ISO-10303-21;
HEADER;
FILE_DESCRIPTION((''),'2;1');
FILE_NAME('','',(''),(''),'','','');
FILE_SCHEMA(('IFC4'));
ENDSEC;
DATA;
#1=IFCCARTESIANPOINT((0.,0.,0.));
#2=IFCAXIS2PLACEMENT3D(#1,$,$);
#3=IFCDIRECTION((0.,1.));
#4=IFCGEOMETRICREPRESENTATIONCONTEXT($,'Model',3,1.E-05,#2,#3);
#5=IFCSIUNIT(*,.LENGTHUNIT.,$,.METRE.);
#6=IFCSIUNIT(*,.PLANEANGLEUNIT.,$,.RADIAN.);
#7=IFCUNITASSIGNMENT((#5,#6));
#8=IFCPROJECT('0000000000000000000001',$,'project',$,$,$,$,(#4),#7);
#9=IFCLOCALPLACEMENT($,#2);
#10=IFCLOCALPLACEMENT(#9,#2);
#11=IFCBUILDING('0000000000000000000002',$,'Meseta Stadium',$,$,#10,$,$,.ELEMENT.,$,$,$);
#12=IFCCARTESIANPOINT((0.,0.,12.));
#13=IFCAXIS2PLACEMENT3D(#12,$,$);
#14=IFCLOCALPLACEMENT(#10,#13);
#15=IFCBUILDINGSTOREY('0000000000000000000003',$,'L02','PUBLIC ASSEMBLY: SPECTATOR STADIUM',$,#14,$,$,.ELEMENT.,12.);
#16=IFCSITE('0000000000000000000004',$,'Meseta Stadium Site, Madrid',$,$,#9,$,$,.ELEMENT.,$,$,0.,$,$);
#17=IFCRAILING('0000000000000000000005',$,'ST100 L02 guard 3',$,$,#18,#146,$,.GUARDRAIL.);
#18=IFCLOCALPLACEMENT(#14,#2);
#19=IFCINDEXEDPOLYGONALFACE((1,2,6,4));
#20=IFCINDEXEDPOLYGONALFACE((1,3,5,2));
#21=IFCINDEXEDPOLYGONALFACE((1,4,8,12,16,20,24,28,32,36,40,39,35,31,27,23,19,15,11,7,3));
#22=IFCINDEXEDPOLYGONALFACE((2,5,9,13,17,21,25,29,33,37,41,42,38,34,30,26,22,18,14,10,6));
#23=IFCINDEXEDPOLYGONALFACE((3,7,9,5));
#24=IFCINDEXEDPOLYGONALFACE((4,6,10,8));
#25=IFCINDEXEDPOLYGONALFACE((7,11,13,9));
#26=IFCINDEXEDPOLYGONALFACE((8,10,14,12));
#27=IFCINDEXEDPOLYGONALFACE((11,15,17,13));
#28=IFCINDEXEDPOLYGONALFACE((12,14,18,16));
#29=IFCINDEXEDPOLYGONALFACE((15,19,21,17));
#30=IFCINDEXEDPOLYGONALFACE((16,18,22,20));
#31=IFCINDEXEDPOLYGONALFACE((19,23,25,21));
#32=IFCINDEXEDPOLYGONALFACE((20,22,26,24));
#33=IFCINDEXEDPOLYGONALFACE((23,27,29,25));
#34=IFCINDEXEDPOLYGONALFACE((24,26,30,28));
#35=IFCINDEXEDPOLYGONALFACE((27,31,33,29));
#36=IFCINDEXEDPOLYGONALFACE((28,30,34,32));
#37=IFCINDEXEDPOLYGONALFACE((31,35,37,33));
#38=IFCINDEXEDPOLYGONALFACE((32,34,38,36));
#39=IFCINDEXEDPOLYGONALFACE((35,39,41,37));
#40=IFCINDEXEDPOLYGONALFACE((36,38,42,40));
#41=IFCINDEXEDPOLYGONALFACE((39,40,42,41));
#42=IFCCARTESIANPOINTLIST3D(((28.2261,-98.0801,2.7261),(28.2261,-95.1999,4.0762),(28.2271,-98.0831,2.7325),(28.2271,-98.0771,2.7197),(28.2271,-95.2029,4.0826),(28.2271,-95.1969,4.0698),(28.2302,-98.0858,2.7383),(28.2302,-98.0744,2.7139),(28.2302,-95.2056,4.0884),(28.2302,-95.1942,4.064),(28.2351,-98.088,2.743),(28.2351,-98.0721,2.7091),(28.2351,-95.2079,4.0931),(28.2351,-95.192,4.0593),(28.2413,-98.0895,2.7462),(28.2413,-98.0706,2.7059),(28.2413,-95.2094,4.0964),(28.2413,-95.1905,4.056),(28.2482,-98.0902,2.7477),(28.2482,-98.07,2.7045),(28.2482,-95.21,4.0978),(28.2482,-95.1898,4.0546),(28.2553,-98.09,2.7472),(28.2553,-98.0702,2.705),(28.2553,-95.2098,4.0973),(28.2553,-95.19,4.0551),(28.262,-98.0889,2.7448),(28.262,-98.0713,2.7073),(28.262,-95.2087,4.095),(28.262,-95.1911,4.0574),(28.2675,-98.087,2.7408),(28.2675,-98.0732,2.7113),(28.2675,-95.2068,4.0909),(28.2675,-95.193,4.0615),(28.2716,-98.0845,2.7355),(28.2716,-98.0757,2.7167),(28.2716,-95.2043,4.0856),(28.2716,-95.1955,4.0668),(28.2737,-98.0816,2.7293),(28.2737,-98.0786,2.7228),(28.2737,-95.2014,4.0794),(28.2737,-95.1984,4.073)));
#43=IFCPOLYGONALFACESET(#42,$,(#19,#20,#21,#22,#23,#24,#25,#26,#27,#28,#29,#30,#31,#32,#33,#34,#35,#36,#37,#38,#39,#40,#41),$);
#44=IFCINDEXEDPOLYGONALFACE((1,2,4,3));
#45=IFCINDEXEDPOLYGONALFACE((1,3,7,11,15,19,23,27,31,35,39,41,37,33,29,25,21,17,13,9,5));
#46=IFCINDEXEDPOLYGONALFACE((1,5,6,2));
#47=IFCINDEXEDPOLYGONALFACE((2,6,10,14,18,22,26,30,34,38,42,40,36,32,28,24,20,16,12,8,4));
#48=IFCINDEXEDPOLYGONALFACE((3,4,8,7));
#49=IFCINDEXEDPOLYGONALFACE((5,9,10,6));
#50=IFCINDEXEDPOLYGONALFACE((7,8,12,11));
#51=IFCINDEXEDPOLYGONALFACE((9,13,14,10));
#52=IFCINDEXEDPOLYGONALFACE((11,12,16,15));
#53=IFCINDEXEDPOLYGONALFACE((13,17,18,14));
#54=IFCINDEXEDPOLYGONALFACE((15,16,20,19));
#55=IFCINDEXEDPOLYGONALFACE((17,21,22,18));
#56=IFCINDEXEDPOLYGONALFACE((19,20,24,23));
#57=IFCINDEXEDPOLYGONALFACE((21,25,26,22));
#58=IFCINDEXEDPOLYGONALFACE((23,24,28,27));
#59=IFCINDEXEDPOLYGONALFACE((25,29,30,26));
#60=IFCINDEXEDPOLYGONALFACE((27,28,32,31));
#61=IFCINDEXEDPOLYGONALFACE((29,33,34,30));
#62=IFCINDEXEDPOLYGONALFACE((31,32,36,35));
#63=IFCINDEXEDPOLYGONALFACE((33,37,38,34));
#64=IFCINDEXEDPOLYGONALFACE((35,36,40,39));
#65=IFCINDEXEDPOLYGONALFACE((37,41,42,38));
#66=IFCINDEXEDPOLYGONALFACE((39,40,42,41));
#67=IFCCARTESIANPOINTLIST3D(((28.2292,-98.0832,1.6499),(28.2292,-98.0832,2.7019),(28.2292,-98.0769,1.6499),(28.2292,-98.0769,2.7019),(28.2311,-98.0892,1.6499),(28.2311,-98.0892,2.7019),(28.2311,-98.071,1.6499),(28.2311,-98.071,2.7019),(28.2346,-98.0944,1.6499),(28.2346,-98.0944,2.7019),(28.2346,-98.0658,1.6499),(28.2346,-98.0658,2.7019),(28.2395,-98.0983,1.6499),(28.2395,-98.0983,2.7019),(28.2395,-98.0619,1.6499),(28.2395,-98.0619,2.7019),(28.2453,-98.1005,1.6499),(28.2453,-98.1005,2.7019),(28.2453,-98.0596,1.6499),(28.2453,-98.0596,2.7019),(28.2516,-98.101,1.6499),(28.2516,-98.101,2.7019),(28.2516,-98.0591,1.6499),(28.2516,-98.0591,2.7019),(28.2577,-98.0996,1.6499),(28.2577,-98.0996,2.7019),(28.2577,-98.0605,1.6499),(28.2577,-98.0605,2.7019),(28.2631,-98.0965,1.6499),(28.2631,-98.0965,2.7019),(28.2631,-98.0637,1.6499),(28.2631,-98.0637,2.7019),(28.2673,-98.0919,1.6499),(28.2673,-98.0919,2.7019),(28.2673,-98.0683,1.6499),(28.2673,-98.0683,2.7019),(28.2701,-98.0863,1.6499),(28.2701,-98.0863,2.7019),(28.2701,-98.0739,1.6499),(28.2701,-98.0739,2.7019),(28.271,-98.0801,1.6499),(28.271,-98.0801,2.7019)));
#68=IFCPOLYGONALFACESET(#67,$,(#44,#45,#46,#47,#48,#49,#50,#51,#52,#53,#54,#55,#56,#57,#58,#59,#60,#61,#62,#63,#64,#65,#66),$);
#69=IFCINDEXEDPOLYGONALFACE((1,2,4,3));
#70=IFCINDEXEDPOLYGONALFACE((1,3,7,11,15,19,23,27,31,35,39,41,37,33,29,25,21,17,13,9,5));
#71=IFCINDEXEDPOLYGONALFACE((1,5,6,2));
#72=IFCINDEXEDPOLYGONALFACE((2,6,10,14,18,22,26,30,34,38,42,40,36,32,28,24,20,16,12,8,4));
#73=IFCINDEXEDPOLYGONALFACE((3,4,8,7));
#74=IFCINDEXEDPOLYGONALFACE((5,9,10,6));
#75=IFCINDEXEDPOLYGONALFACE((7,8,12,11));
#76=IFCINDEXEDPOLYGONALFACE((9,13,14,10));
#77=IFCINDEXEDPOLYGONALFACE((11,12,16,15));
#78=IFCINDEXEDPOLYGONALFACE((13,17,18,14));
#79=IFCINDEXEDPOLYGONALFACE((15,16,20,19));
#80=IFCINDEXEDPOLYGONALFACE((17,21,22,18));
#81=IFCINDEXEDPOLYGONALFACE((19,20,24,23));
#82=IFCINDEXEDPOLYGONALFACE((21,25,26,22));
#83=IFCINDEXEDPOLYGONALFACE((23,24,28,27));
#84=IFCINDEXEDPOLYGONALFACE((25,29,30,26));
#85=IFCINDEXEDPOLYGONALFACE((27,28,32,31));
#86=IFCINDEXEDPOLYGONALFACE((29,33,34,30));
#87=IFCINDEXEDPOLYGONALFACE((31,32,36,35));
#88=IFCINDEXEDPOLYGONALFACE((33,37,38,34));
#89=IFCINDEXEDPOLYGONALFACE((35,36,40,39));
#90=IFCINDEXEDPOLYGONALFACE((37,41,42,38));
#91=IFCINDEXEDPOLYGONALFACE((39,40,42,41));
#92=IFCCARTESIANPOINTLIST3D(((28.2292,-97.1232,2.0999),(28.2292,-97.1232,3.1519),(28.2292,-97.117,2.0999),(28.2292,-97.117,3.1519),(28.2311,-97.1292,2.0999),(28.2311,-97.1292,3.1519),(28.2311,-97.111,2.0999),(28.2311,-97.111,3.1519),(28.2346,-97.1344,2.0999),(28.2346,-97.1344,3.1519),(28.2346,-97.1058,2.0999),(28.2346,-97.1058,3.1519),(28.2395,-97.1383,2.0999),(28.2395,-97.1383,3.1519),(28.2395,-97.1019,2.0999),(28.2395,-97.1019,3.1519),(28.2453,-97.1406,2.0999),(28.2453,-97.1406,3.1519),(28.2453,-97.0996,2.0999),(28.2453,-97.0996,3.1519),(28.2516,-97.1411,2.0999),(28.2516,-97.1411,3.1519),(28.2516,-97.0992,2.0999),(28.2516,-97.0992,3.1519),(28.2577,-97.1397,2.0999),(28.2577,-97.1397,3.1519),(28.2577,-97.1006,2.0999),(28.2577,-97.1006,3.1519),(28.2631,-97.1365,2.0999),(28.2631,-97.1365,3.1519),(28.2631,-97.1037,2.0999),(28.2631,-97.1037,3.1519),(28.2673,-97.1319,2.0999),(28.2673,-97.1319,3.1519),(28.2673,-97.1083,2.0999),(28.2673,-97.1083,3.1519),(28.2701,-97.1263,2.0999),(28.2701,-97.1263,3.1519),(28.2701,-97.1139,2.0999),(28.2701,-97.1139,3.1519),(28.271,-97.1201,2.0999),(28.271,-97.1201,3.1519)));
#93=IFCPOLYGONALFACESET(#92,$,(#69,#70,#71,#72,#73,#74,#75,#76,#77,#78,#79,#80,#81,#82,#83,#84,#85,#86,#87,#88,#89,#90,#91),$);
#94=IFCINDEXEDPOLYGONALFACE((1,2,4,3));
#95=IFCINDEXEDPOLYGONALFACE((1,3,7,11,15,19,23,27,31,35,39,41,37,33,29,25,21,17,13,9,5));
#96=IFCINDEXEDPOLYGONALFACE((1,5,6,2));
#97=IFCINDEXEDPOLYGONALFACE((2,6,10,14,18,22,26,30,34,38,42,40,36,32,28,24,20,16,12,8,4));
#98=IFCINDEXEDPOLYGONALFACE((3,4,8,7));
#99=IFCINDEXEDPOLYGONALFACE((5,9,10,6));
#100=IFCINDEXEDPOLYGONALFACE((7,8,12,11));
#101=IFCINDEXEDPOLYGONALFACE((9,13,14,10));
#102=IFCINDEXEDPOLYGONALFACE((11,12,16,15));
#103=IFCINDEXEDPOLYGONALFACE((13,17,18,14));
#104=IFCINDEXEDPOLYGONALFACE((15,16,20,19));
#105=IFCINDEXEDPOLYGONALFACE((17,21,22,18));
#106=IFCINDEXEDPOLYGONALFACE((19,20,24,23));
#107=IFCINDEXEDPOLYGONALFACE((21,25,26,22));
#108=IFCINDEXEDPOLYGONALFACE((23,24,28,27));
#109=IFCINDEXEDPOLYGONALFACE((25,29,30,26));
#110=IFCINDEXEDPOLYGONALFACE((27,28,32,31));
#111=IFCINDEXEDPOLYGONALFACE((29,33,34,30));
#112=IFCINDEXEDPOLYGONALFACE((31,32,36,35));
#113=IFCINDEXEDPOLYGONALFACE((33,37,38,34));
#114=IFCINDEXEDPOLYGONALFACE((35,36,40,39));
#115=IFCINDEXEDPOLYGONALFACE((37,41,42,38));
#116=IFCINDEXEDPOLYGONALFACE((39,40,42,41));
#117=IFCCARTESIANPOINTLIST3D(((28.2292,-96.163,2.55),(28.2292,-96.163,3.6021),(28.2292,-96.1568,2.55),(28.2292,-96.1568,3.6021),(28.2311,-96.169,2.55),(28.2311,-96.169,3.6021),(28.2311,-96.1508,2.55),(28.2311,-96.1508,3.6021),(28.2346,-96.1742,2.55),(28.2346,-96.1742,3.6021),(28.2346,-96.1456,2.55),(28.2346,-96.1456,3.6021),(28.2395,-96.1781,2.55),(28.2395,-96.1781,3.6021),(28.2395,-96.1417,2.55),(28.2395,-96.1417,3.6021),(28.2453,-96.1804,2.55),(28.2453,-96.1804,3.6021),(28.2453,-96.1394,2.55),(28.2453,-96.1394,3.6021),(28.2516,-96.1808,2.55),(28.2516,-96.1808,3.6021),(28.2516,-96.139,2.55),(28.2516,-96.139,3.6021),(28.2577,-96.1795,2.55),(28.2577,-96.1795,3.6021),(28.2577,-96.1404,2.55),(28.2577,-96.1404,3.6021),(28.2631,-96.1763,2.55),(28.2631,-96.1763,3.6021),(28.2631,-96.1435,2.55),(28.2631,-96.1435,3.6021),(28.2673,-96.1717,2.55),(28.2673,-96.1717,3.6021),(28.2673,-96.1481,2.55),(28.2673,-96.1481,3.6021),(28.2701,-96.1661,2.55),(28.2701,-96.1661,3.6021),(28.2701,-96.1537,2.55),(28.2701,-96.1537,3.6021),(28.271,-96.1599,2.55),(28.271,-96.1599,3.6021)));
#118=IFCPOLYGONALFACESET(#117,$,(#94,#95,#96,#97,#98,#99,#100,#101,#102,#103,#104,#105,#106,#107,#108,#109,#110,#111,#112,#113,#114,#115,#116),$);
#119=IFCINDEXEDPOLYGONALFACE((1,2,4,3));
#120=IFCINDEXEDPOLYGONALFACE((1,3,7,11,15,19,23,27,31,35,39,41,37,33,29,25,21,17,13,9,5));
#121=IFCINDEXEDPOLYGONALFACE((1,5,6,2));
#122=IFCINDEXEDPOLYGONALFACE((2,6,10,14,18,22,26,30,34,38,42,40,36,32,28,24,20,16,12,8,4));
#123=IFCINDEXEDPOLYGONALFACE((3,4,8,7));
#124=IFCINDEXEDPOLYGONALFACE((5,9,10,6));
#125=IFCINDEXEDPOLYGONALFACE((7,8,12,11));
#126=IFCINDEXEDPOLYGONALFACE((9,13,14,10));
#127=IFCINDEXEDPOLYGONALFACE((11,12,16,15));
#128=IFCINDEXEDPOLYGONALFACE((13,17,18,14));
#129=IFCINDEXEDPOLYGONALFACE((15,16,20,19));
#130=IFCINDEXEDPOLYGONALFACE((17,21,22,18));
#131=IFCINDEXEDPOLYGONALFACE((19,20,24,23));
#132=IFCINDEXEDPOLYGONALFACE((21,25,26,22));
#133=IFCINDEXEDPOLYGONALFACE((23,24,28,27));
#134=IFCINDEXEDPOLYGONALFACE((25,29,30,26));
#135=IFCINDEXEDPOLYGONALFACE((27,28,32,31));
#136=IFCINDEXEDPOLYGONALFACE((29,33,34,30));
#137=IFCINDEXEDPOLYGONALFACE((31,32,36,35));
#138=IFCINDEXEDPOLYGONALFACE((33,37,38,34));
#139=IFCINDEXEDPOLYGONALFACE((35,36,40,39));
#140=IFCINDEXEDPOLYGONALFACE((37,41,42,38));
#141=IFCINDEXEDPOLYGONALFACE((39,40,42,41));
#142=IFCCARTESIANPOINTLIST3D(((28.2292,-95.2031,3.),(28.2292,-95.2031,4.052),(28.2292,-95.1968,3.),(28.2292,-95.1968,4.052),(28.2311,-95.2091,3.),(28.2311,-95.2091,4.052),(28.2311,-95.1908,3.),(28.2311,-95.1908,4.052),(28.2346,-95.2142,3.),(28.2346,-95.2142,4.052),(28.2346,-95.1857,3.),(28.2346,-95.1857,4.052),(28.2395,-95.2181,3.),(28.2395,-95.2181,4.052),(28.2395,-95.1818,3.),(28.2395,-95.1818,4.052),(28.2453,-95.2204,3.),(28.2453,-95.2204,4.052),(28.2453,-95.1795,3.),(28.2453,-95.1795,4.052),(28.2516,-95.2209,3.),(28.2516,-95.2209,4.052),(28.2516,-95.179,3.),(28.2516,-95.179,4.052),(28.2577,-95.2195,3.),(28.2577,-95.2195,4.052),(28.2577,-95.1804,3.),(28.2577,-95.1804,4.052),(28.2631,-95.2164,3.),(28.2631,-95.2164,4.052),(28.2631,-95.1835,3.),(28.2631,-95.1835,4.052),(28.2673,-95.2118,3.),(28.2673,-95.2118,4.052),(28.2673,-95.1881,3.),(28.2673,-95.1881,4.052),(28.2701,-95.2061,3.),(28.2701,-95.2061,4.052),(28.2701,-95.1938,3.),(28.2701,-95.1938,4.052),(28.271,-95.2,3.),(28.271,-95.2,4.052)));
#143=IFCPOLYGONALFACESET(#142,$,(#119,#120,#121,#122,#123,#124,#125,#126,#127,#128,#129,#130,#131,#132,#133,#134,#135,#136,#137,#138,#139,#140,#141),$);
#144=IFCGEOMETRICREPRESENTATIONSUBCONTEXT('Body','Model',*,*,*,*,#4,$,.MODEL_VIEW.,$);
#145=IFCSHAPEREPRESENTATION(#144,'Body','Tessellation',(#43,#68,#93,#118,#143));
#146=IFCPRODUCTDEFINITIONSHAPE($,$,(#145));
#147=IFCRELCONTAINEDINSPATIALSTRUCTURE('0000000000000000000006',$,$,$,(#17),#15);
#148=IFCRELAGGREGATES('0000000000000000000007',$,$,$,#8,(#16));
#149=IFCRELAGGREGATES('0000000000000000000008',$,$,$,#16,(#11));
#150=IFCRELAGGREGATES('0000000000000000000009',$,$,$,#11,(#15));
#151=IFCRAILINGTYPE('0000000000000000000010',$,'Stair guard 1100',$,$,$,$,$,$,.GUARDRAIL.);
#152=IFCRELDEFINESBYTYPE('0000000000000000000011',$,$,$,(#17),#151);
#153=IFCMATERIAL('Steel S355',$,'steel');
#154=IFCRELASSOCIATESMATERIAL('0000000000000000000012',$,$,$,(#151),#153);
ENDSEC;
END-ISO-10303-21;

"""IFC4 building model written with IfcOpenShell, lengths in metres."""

from ifc_helpers import new_model, si_unit, direction, frame, origin, origin_2d, place, context, subcontext, project, spatial, circle, extrude, material, type_object, element, save


model = new_model("IFC4")

# Units and contexts
model_context = context("Model", 3, precision=1e-05, world=origin(), true_north=direction((0.0, 1.0)))
body_context = subcontext(model_context, "Body", "Model", "MODEL_VIEW")
ifc_project = project(units=[si_unit("LENGTHUNIT", "METRE"), si_unit("PLANEANGLEUNIT", "RADIAN")], contexts=[model_context])

# Site, building, storey
site_placement = place(None, origin())
site = spatial("IfcSite", under=ifc_project, at=site_placement, Name="Meseta Stadium Site, Madrid", CompositionType="ELEMENT", RefElevation=0.0)
building_placement = place(site_placement, origin())
building = spatial("IfcBuilding", under=site, at=building_placement, Name="Meseta Stadium", CompositionType="ELEMENT")
storey_placement = place(building_placement, frame((0.0, 0.0, 12.0)))
storey = spatial("IfcBuildingStorey", under=building, at=storey_placement, Name="L02", Description="PUBLIC ASSEMBLY: SPECTATOR STADIUM", CompositionType="ELEMENT", Elevation=12.0)

# Railing
ifc_material_1 = material(Name="Steel S355", Category="steel")
railing_type_1 = type_object("IfcRailingType", Name="Stair guard 1100", PredefinedType="GUARDRAIL", material=ifc_material_1)
railing_1_placement = place(storey_placement, frame((28.25, -98.0801, 1.6499)))
element("IfcRailing", 1, at=railing_1_placement, inside=storey, type_object=railing_type_1, Name="ST100 L02 guard 3", PredefinedType="GUARDRAIL", context=body_context, shape_type="SweptSolid", body=[
    extrude(circle(Radius=0.0239, at=origin_2d()), frame((0.0, 0.0, 1.0762), z_axis=(0.0, 0.905454, 0.424444), x_axis=(-1.0, 0.0, 0.0)), (0.0, 0.0, 1.0), 3.1809),
    extrude(circle(Radius=0.021, at=origin_2d()), origin(), (0.0, 0.0, 1.0), 1.052),
    extrude(circle(Radius=0.021, at=origin_2d()), frame((0.0, 0.96, 0.45)), (0.0, 0.0, 1.0), 1.052),
    extrude(circle(Radius=0.021, at=origin_2d()), frame((0.0, 1.9202, 0.9001)), (0.0, 0.0, 1.0), 1.052),
    extrude(circle(Radius=0.021, at=origin_2d()), frame((0.0, 2.8801, 1.3501)), (0.0, 0.0, 1.0), 1.052),
])

save(model, "model.ifc")
